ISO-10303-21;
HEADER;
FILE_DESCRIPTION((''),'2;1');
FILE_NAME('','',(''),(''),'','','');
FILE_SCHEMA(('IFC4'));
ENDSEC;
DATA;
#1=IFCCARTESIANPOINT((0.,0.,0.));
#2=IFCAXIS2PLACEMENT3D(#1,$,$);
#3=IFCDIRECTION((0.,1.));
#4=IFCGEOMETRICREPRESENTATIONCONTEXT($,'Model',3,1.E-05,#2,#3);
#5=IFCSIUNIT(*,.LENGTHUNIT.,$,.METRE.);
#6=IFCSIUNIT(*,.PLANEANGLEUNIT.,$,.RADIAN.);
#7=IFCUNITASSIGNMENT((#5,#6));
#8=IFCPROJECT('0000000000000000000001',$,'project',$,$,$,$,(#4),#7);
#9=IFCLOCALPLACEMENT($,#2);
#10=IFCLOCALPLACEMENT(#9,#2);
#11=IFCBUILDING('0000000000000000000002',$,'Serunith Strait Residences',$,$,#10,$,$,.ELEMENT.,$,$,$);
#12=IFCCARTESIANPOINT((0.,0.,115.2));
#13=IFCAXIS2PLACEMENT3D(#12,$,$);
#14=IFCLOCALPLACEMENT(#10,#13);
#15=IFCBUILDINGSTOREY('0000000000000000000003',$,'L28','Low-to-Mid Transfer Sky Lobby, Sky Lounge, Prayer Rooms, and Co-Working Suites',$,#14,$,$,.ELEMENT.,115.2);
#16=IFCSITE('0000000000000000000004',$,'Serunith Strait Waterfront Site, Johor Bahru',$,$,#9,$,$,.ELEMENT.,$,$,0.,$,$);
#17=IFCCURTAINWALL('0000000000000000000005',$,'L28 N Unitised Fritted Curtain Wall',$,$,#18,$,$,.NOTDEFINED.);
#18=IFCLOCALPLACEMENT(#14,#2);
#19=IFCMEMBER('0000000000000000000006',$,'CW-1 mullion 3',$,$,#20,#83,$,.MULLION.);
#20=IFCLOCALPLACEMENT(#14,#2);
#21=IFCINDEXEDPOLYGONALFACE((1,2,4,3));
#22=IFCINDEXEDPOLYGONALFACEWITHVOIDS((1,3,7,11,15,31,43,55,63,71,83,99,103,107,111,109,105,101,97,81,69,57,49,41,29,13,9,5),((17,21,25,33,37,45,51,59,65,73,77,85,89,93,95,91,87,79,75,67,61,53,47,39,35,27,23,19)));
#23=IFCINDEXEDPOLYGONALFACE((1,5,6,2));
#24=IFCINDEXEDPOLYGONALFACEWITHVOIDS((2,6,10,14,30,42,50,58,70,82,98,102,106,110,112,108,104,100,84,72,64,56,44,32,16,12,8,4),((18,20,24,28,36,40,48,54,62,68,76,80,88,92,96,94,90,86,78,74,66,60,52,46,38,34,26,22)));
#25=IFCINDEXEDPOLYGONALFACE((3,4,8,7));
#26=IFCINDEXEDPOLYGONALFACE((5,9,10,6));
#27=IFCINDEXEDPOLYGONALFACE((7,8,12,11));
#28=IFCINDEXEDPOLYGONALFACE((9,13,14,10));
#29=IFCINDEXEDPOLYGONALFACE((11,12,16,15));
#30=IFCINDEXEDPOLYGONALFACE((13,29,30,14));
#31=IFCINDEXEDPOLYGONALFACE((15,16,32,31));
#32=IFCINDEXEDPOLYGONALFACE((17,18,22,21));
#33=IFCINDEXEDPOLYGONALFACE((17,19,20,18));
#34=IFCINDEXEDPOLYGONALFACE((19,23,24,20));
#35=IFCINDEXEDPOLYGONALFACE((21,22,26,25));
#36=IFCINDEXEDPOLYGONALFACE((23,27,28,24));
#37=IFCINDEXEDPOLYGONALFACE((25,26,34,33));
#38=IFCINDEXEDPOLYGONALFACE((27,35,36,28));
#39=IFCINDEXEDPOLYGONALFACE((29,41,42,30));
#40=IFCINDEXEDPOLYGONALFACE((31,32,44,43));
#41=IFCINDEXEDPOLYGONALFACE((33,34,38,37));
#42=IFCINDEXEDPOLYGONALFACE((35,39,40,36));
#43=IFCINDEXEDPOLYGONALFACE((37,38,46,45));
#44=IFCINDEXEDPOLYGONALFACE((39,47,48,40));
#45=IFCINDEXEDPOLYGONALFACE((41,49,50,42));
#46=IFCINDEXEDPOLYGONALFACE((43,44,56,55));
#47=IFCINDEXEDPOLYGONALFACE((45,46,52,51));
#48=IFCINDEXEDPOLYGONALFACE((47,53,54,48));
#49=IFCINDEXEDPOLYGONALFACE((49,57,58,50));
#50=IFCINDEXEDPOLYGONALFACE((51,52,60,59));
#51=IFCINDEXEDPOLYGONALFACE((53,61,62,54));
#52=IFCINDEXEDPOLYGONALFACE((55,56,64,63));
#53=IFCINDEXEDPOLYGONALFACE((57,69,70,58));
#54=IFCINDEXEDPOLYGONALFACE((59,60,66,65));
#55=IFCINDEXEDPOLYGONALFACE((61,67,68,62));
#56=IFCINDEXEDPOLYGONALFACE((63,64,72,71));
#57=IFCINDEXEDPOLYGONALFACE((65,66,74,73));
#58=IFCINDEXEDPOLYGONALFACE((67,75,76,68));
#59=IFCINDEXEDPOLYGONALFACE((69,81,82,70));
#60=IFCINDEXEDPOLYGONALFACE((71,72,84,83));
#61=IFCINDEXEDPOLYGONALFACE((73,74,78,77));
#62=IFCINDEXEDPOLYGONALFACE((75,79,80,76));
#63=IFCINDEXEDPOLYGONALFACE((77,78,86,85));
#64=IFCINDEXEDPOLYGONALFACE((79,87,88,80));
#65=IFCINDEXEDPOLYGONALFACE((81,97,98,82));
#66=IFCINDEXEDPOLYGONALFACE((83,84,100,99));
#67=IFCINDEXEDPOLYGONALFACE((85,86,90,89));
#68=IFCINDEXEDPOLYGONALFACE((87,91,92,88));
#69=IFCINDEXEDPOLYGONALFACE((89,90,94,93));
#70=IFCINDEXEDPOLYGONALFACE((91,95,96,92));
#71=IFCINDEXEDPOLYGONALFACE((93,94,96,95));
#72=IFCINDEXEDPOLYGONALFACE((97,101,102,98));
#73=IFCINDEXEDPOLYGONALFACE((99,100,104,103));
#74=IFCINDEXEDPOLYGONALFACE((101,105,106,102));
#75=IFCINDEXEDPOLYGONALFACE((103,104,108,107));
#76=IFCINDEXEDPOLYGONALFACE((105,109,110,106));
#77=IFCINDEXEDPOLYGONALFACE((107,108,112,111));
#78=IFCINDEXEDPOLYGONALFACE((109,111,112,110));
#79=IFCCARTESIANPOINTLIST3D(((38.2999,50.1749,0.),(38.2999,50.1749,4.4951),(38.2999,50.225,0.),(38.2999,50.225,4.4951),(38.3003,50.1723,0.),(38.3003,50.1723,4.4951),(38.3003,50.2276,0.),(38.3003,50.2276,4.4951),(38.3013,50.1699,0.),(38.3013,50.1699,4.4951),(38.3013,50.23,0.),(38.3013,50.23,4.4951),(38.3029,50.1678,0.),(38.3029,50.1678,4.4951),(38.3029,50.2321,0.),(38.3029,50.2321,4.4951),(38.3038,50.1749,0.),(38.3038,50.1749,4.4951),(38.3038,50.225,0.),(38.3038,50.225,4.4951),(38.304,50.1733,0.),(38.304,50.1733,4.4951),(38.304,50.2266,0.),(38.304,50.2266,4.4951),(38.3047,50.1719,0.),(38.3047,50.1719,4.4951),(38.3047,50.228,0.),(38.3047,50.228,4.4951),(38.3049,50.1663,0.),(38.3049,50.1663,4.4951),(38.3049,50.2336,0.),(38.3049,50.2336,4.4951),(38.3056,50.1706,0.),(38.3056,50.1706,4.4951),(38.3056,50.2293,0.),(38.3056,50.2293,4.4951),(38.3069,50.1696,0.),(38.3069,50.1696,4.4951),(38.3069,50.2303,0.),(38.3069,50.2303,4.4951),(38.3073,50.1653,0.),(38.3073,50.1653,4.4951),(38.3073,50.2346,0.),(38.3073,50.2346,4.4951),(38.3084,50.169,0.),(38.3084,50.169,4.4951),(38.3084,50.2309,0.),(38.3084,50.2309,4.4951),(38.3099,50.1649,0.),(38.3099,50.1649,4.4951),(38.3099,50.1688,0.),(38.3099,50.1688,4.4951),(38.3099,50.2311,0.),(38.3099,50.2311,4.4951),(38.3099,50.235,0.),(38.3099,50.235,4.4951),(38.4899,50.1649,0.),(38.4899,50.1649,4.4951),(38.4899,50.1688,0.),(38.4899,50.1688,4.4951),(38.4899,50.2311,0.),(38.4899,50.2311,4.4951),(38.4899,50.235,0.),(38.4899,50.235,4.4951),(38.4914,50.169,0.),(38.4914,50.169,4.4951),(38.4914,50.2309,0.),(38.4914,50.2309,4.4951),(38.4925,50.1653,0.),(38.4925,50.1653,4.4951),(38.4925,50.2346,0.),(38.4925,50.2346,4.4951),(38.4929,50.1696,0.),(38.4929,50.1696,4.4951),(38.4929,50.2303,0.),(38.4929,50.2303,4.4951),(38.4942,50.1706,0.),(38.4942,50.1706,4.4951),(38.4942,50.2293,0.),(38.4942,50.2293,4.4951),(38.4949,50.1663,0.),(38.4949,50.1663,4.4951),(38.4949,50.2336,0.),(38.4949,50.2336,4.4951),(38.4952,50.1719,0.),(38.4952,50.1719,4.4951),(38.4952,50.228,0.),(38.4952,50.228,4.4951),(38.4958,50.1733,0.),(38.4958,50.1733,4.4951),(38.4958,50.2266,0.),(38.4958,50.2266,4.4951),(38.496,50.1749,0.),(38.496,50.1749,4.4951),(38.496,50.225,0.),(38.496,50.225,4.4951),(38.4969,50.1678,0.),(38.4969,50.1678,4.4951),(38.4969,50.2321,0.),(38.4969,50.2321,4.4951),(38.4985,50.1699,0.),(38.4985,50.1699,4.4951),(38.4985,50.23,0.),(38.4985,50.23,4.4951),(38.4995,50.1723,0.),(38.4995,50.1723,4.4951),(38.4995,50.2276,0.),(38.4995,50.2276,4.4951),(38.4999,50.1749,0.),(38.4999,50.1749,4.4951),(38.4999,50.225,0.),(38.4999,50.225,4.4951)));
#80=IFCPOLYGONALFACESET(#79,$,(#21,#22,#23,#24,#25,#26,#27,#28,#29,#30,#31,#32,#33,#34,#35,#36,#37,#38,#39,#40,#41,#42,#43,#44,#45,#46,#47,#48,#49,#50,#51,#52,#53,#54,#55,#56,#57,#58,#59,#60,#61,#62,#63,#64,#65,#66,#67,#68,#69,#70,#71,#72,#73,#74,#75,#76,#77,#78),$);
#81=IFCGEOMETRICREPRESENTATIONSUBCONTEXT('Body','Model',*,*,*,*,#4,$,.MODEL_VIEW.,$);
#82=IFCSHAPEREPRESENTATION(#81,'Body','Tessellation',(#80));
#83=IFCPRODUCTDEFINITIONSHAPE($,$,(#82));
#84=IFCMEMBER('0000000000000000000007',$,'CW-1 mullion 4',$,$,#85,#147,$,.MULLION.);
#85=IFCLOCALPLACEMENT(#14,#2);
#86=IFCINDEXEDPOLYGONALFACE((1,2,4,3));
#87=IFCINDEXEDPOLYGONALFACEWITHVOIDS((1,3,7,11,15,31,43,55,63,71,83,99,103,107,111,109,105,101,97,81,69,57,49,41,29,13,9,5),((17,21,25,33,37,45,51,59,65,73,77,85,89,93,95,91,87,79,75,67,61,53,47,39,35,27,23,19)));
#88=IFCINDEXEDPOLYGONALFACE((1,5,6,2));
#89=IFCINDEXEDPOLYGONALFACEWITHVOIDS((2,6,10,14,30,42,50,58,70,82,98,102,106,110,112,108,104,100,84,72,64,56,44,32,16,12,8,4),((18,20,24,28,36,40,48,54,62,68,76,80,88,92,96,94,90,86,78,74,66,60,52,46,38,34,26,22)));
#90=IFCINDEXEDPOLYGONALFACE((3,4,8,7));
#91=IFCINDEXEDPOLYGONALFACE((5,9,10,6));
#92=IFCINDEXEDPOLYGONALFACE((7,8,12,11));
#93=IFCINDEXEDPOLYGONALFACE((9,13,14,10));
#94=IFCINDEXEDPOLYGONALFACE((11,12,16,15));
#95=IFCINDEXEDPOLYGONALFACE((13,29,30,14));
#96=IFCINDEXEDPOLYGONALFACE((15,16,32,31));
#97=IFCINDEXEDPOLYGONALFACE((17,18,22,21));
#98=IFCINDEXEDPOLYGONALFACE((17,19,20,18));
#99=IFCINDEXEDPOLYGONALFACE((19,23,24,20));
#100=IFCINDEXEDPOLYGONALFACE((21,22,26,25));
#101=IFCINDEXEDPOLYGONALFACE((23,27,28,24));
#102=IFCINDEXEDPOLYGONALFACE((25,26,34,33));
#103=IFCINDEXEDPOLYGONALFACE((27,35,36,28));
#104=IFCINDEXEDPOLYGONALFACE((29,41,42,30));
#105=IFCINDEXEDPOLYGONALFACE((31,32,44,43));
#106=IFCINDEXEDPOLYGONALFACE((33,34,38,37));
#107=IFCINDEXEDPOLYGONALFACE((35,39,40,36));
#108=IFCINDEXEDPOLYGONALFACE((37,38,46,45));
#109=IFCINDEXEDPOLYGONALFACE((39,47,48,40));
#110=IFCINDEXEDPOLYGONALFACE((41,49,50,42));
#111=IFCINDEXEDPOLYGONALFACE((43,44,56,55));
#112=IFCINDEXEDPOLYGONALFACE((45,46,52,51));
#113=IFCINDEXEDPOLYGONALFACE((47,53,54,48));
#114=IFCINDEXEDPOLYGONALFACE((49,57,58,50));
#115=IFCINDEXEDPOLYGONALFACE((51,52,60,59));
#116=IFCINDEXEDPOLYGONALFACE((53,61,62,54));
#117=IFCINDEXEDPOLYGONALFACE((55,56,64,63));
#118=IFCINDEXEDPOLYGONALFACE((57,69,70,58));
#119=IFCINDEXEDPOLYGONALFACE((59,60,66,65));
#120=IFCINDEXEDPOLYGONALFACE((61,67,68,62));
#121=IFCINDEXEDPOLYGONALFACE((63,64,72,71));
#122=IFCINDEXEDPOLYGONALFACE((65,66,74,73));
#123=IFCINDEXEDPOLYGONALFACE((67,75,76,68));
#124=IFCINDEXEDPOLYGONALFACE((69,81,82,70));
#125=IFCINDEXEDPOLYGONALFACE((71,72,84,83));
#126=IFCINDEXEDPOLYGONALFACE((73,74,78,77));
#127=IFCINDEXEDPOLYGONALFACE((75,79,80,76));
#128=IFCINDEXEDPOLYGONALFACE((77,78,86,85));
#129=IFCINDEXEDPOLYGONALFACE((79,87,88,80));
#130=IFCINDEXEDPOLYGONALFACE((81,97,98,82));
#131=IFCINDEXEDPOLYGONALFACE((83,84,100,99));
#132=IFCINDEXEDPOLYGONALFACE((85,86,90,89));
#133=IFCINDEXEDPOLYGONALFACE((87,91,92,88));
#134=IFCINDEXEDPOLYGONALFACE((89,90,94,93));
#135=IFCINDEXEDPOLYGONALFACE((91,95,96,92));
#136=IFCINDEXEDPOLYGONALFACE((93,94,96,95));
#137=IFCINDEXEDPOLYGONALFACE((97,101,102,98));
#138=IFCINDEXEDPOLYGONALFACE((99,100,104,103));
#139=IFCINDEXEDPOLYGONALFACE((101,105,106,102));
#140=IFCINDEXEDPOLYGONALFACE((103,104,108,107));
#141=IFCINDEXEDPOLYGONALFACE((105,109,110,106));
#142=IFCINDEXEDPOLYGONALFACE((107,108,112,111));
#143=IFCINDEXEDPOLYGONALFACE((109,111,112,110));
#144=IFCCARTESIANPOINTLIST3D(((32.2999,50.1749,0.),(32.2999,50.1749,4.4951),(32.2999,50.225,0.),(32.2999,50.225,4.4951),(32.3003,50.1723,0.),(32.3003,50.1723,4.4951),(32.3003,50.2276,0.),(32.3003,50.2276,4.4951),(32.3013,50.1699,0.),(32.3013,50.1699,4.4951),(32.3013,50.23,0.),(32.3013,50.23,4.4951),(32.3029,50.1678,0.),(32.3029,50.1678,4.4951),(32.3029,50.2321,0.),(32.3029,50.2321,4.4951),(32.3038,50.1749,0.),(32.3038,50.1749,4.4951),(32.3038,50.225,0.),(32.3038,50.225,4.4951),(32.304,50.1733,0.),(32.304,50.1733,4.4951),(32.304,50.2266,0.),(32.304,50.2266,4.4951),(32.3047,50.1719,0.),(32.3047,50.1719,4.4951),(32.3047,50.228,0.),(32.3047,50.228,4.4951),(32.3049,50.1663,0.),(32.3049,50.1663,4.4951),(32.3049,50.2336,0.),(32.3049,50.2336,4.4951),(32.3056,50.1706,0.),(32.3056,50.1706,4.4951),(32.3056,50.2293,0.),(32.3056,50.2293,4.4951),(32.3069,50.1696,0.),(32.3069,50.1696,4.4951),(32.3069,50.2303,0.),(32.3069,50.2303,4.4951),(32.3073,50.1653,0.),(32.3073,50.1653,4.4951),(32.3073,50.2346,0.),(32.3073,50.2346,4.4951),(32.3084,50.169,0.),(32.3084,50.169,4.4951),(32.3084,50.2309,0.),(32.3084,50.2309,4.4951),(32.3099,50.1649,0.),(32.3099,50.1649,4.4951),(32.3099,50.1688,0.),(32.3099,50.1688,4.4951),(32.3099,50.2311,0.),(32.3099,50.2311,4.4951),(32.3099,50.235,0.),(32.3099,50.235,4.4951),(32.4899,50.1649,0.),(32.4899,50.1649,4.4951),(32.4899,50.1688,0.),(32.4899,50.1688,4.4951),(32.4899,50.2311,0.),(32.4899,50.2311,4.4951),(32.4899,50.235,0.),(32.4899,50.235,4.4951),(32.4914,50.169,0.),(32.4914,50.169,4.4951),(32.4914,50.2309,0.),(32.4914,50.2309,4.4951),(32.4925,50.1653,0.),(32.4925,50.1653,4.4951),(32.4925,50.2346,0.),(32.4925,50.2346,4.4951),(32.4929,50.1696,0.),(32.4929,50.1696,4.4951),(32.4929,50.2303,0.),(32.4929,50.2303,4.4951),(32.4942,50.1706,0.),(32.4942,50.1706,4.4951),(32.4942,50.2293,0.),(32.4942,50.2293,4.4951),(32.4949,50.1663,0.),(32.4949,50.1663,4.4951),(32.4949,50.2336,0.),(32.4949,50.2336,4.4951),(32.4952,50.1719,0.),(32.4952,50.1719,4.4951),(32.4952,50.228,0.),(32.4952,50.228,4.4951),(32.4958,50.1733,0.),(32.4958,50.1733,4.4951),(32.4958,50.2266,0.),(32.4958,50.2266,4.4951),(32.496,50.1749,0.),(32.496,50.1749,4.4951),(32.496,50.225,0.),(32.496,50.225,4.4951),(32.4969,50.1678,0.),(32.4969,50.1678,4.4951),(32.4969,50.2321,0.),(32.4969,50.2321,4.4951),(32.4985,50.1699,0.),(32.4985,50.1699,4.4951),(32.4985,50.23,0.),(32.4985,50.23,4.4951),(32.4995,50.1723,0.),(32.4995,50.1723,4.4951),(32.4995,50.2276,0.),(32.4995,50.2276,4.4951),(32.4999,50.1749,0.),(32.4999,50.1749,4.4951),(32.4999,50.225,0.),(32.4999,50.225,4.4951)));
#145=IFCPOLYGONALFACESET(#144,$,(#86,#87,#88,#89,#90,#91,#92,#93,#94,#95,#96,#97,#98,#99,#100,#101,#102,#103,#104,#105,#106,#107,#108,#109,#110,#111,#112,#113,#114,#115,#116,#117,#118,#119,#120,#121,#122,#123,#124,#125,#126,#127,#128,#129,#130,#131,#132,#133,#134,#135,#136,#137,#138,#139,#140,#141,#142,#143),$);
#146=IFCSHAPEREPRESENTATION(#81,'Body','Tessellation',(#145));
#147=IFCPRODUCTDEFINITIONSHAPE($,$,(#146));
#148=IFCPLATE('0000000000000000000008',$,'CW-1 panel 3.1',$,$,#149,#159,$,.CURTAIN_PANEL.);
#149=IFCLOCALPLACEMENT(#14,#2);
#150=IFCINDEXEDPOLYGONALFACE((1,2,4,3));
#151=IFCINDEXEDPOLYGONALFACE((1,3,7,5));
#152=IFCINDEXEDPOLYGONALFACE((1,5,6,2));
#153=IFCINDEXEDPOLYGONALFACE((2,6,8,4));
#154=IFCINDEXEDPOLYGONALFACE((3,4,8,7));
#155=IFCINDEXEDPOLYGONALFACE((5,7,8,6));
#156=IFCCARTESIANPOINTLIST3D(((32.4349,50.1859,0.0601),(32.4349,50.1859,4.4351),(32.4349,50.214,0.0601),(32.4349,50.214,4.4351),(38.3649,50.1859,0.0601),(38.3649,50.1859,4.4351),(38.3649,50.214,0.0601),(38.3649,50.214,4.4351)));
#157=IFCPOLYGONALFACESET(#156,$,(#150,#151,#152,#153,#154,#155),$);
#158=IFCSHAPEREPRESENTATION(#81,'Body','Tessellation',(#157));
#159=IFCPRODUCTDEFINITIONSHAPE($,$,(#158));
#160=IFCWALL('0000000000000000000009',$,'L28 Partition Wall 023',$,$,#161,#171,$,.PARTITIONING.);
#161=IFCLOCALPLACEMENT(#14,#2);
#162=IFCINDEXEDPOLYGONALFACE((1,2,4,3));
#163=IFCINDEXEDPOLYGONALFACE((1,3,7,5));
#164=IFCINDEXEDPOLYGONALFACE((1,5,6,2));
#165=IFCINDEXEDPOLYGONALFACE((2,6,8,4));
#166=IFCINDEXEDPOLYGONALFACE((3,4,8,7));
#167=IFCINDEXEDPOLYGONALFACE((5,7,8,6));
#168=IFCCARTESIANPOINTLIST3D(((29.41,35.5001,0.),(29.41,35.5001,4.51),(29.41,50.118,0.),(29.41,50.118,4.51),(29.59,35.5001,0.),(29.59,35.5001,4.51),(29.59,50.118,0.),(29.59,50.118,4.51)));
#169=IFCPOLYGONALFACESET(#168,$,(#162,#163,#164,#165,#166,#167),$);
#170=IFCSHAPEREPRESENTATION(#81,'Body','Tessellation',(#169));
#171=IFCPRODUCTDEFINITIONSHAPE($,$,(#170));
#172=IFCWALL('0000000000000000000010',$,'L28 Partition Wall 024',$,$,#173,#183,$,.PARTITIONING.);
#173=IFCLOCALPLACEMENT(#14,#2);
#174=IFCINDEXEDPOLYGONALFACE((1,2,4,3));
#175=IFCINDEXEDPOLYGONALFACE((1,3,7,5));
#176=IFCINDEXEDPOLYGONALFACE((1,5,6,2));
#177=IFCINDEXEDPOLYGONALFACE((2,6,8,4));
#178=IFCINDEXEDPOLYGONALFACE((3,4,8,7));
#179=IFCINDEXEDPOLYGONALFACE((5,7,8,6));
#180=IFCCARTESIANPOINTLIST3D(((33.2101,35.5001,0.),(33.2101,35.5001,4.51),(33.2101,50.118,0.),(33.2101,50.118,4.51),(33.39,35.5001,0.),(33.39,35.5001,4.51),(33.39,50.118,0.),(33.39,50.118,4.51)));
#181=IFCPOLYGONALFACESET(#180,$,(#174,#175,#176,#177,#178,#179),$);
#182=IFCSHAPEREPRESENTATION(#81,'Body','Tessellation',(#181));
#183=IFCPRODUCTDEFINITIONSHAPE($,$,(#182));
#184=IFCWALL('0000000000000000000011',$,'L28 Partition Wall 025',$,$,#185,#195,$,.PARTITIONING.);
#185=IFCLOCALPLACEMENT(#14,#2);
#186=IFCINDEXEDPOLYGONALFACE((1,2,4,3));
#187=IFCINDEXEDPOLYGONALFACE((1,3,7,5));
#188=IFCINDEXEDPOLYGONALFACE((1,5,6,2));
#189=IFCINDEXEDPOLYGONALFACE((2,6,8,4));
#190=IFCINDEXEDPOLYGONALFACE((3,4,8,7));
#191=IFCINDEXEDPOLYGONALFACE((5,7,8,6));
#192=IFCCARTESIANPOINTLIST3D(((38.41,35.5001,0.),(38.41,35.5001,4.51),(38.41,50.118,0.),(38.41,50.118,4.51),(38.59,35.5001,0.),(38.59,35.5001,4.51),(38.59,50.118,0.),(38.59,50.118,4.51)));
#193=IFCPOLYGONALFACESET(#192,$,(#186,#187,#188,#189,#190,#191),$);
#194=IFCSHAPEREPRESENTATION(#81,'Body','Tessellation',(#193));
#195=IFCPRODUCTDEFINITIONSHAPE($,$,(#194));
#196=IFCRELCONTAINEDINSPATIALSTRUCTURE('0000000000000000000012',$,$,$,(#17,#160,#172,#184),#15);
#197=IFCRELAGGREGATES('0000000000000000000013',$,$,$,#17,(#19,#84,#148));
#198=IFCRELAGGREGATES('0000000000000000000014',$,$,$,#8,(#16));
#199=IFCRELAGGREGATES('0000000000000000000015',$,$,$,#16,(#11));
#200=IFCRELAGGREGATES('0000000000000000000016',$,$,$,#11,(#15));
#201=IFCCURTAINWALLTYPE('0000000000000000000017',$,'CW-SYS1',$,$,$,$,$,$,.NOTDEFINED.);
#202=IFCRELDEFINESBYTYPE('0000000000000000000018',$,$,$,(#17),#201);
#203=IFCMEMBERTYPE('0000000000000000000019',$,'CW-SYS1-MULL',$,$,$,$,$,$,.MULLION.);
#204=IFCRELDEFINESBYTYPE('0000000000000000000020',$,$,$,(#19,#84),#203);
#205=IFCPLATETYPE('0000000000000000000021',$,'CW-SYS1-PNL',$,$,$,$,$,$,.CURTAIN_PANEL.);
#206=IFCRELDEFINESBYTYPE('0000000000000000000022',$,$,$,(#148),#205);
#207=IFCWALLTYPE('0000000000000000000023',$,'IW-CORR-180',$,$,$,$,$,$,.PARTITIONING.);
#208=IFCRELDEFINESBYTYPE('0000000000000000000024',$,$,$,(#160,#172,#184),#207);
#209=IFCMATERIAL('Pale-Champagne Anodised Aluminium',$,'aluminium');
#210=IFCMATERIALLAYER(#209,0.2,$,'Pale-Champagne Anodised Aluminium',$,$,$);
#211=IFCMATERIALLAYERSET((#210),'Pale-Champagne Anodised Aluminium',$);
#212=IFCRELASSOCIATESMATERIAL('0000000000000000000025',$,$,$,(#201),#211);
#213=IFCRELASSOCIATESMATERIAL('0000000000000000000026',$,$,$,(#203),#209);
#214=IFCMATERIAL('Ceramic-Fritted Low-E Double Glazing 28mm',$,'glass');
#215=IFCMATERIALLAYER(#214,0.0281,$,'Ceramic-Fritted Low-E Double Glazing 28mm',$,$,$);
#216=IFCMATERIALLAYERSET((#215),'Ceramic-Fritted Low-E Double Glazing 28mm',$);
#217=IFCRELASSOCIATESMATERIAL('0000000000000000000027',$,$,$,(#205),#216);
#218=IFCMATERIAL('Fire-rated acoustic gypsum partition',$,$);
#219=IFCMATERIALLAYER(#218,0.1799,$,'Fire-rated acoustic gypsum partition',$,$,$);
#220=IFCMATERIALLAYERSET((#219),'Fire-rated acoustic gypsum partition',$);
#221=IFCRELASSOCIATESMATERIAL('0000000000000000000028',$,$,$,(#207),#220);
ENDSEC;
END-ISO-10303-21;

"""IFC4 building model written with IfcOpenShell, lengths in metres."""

from ifc_helpers import new_model, si_unit, direction, frame, frame_2d, origin, origin_2d, place, context, subcontext, project, spatial, rectangle, hollow_rectangle, extrude, source, transform, mapped, material, layer, layer_set, material_profile, profile_set, type_object, element, aggregate, save


model = new_model("IFC4")

# Units and contexts
model_context = context("Model", 3, precision=1e-05, world=origin(), true_north=direction((0.0, 1.0)))
body_context = subcontext(model_context, "Body", "Model", "MODEL_VIEW")
ifc_project = project(units=[si_unit("LENGTHUNIT", "METRE"), si_unit("PLANEANGLEUNIT", "RADIAN")], contexts=[model_context])

# Site, building, storey
site_placement = place(None, origin())
site = spatial("IfcSite", under=ifc_project, at=site_placement, Name="Serunith Strait Waterfront Site, Johor Bahru", CompositionType="ELEMENT", RefElevation=0.0)
building_placement = place(site_placement, origin())
building = spatial("IfcBuilding", under=site, at=building_placement, Name="Serunith Strait Residences", CompositionType="ELEMENT")
storey_placement = place(building_placement, frame((0.0, 0.0, 115.2)))
storey = spatial("IfcBuildingStorey", under=building, at=storey_placement, Name="L28", Description="Low-to-Mid Transfer Sky Lobby, Sky Lounge, Prayer Rooms, and Co-Working Suites", CompositionType="ELEMENT", Elevation=115.2)

# Curtain wall, members, plate
ifc_material_1 = material(Name="Pale-Champagne Anodised Aluminium", Category="aluminium")
ifc_layer_1 = layer(ifc_material_1, 0.2, Name="Pale-Champagne Anodised Aluminium")
ifc_layer_set_1 = layer_set([ifc_layer_1], Name="Pale-Champagne Anodised Aluminium")
curtain_wall_type = type_object("IfcCurtainWallType", Name="CW-SYS1", PredefinedType="NOTDEFINED", material=ifc_layer_set_1)
curtain_wall_placement = place(storey_placement, origin())
curtain_wall = element("IfcCurtainWall", 1, at=curtain_wall_placement, inside=storey, type_object=curtain_wall_type, Name="L28 N Unitised Fritted Curtain Wall", PredefinedType="NOTDEFINED")
ifc_material_profile_1 = material_profile(ifc_material_1, hollow_rectangle(XDim=0.0701, YDim=0.2, WallThickness=0.0039, InnerFilletRadius=0.0061, OuterFilletRadius=0.01, at=origin_2d()), Name="ALU 200x70x4")
ifc_profile_set_1 = profile_set([ifc_material_profile_1], Name="Pale-Champagne Anodised Aluminium")
member_type_1 = type_object("IfcMemberType", Name="CW-SYS1-MULL", PredefinedType="MULLION", material=ifc_profile_set_1)
shared_shape_1 = source(origin(), body_context, "Body", "SweptSolid", [
    extrude(hollow_rectangle(XDim=0.0701, YDim=0.2, WallThickness=0.0039, InnerFilletRadius=0.0061, OuterFilletRadius=0.01, at=origin_2d()), origin(), (0.0, 0.0, 1.0), 4.4951),
])
member_1_placement = place(storey_placement, frame((38.3999, 50.2, 0.0), z_axis=(0.0, 0.0, 1.0), x_axis=(0.0, -1.0, 0.0)))
member_1 = element("IfcMember", 2, at=member_1_placement, type_object=member_type_1, Name="CW-1 mullion 3", PredefinedType="MULLION", context=body_context, shape_type="MappedRepresentation", body=[
    mapped(shared_shape_1, transform((0.0, 0.0, 0.0), scale=1.0)),
])
member_2_placement = place(storey_placement, frame((32.3999, 50.2, 0.0), z_axis=(0.0, 0.0, 1.0), x_axis=(0.0, -1.0, 0.0)))
member_2 = element("IfcMember", 3, at=member_2_placement, type_object=member_type_1, Name="CW-1 mullion 4", PredefinedType="MULLION", context=body_context, shape_type="MappedRepresentation", body=[
    mapped(shared_shape_1, transform((0.0, 0.0, 0.0), scale=1.0)),
])
ifc_material_2 = material(Name="Ceramic-Fritted Low-E Double Glazing 28mm", Category="glass")
ifc_layer_2 = layer(ifc_material_2, 0.0281, Name="Ceramic-Fritted Low-E Double Glazing 28mm")
ifc_layer_set_2 = layer_set([ifc_layer_2], Name="Ceramic-Fritted Low-E Double Glazing 28mm")
plate_type = type_object("IfcPlateType", Name="CW-SYS1-PNL", PredefinedType="CURTAIN_PANEL", material=ifc_layer_set_2)
shared_shape_2 = source(origin(), body_context, "Body", "SweptSolid", [
    extrude(rectangle(XDim=5.9299, YDim=0.0281, at=origin_2d()), origin(), (0.0, 0.0, 1.0), 4.375),
])
plate_placement = place(storey_placement, frame((35.3999, 50.2, 0.0601), z_axis=(0.0, 0.0, 1.0), x_axis=(-1.0, 0.0, 0.0)))
plate = element("IfcPlate", 4, at=plate_placement, type_object=plate_type, Name="CW-1 panel 3.1", PredefinedType="CURTAIN_PANEL", context=body_context, shape_type="MappedRepresentation", body=[
    mapped(shared_shape_2, transform((0.0, 0.0, 0.0), scale=1.0)),
])
aggregate(curtain_wall, [member_1, member_2, plate])

# Walls
ifc_material_3 = material(Name="Fire-rated acoustic gypsum partition")
ifc_layer_3 = layer(ifc_material_3, 0.1799, Name="Fire-rated acoustic gypsum partition")
ifc_layer_set_3 = layer_set([ifc_layer_3], Name="Fire-rated acoustic gypsum partition")
wall_type_1 = type_object("IfcWallType", Name="IW-CORR-180", PredefinedType="PARTITIONING", material=ifc_layer_set_3)
for number, where, z_axis, x_axis, name in (
    (5, (29.5, 35.5, 0.0), (0.0, 0.0, 1.0), (0.0, 1.0, 0.0), "L28 Partition Wall 023"),
    (6, (33.3, 35.5, 0.0), (0.0, 0.0, 1.0), (0.0, 1.0, 0.0), "L28 Partition Wall 024"),
    (7, (38.5, 35.5, 0.0), (0.0, 0.0, 1.0), (0.0, 1.0, 0.0), "L28 Partition Wall 025"),
):
    element("IfcWall", number, at=place(storey_placement, frame(where, z_axis=z_axis, x_axis=x_axis)), inside=storey, type_object=wall_type_1, Name=name, PredefinedType="PARTITIONING", context=body_context, shape_type="SweptSolid", body=[
        extrude(rectangle(XDim=14.6179, YDim=0.1799, at=frame_2d((7.3091, 0.0))), origin(), (0.0, 0.0, 1.0), 4.51),
    ])

save(model, "model.ifc")
